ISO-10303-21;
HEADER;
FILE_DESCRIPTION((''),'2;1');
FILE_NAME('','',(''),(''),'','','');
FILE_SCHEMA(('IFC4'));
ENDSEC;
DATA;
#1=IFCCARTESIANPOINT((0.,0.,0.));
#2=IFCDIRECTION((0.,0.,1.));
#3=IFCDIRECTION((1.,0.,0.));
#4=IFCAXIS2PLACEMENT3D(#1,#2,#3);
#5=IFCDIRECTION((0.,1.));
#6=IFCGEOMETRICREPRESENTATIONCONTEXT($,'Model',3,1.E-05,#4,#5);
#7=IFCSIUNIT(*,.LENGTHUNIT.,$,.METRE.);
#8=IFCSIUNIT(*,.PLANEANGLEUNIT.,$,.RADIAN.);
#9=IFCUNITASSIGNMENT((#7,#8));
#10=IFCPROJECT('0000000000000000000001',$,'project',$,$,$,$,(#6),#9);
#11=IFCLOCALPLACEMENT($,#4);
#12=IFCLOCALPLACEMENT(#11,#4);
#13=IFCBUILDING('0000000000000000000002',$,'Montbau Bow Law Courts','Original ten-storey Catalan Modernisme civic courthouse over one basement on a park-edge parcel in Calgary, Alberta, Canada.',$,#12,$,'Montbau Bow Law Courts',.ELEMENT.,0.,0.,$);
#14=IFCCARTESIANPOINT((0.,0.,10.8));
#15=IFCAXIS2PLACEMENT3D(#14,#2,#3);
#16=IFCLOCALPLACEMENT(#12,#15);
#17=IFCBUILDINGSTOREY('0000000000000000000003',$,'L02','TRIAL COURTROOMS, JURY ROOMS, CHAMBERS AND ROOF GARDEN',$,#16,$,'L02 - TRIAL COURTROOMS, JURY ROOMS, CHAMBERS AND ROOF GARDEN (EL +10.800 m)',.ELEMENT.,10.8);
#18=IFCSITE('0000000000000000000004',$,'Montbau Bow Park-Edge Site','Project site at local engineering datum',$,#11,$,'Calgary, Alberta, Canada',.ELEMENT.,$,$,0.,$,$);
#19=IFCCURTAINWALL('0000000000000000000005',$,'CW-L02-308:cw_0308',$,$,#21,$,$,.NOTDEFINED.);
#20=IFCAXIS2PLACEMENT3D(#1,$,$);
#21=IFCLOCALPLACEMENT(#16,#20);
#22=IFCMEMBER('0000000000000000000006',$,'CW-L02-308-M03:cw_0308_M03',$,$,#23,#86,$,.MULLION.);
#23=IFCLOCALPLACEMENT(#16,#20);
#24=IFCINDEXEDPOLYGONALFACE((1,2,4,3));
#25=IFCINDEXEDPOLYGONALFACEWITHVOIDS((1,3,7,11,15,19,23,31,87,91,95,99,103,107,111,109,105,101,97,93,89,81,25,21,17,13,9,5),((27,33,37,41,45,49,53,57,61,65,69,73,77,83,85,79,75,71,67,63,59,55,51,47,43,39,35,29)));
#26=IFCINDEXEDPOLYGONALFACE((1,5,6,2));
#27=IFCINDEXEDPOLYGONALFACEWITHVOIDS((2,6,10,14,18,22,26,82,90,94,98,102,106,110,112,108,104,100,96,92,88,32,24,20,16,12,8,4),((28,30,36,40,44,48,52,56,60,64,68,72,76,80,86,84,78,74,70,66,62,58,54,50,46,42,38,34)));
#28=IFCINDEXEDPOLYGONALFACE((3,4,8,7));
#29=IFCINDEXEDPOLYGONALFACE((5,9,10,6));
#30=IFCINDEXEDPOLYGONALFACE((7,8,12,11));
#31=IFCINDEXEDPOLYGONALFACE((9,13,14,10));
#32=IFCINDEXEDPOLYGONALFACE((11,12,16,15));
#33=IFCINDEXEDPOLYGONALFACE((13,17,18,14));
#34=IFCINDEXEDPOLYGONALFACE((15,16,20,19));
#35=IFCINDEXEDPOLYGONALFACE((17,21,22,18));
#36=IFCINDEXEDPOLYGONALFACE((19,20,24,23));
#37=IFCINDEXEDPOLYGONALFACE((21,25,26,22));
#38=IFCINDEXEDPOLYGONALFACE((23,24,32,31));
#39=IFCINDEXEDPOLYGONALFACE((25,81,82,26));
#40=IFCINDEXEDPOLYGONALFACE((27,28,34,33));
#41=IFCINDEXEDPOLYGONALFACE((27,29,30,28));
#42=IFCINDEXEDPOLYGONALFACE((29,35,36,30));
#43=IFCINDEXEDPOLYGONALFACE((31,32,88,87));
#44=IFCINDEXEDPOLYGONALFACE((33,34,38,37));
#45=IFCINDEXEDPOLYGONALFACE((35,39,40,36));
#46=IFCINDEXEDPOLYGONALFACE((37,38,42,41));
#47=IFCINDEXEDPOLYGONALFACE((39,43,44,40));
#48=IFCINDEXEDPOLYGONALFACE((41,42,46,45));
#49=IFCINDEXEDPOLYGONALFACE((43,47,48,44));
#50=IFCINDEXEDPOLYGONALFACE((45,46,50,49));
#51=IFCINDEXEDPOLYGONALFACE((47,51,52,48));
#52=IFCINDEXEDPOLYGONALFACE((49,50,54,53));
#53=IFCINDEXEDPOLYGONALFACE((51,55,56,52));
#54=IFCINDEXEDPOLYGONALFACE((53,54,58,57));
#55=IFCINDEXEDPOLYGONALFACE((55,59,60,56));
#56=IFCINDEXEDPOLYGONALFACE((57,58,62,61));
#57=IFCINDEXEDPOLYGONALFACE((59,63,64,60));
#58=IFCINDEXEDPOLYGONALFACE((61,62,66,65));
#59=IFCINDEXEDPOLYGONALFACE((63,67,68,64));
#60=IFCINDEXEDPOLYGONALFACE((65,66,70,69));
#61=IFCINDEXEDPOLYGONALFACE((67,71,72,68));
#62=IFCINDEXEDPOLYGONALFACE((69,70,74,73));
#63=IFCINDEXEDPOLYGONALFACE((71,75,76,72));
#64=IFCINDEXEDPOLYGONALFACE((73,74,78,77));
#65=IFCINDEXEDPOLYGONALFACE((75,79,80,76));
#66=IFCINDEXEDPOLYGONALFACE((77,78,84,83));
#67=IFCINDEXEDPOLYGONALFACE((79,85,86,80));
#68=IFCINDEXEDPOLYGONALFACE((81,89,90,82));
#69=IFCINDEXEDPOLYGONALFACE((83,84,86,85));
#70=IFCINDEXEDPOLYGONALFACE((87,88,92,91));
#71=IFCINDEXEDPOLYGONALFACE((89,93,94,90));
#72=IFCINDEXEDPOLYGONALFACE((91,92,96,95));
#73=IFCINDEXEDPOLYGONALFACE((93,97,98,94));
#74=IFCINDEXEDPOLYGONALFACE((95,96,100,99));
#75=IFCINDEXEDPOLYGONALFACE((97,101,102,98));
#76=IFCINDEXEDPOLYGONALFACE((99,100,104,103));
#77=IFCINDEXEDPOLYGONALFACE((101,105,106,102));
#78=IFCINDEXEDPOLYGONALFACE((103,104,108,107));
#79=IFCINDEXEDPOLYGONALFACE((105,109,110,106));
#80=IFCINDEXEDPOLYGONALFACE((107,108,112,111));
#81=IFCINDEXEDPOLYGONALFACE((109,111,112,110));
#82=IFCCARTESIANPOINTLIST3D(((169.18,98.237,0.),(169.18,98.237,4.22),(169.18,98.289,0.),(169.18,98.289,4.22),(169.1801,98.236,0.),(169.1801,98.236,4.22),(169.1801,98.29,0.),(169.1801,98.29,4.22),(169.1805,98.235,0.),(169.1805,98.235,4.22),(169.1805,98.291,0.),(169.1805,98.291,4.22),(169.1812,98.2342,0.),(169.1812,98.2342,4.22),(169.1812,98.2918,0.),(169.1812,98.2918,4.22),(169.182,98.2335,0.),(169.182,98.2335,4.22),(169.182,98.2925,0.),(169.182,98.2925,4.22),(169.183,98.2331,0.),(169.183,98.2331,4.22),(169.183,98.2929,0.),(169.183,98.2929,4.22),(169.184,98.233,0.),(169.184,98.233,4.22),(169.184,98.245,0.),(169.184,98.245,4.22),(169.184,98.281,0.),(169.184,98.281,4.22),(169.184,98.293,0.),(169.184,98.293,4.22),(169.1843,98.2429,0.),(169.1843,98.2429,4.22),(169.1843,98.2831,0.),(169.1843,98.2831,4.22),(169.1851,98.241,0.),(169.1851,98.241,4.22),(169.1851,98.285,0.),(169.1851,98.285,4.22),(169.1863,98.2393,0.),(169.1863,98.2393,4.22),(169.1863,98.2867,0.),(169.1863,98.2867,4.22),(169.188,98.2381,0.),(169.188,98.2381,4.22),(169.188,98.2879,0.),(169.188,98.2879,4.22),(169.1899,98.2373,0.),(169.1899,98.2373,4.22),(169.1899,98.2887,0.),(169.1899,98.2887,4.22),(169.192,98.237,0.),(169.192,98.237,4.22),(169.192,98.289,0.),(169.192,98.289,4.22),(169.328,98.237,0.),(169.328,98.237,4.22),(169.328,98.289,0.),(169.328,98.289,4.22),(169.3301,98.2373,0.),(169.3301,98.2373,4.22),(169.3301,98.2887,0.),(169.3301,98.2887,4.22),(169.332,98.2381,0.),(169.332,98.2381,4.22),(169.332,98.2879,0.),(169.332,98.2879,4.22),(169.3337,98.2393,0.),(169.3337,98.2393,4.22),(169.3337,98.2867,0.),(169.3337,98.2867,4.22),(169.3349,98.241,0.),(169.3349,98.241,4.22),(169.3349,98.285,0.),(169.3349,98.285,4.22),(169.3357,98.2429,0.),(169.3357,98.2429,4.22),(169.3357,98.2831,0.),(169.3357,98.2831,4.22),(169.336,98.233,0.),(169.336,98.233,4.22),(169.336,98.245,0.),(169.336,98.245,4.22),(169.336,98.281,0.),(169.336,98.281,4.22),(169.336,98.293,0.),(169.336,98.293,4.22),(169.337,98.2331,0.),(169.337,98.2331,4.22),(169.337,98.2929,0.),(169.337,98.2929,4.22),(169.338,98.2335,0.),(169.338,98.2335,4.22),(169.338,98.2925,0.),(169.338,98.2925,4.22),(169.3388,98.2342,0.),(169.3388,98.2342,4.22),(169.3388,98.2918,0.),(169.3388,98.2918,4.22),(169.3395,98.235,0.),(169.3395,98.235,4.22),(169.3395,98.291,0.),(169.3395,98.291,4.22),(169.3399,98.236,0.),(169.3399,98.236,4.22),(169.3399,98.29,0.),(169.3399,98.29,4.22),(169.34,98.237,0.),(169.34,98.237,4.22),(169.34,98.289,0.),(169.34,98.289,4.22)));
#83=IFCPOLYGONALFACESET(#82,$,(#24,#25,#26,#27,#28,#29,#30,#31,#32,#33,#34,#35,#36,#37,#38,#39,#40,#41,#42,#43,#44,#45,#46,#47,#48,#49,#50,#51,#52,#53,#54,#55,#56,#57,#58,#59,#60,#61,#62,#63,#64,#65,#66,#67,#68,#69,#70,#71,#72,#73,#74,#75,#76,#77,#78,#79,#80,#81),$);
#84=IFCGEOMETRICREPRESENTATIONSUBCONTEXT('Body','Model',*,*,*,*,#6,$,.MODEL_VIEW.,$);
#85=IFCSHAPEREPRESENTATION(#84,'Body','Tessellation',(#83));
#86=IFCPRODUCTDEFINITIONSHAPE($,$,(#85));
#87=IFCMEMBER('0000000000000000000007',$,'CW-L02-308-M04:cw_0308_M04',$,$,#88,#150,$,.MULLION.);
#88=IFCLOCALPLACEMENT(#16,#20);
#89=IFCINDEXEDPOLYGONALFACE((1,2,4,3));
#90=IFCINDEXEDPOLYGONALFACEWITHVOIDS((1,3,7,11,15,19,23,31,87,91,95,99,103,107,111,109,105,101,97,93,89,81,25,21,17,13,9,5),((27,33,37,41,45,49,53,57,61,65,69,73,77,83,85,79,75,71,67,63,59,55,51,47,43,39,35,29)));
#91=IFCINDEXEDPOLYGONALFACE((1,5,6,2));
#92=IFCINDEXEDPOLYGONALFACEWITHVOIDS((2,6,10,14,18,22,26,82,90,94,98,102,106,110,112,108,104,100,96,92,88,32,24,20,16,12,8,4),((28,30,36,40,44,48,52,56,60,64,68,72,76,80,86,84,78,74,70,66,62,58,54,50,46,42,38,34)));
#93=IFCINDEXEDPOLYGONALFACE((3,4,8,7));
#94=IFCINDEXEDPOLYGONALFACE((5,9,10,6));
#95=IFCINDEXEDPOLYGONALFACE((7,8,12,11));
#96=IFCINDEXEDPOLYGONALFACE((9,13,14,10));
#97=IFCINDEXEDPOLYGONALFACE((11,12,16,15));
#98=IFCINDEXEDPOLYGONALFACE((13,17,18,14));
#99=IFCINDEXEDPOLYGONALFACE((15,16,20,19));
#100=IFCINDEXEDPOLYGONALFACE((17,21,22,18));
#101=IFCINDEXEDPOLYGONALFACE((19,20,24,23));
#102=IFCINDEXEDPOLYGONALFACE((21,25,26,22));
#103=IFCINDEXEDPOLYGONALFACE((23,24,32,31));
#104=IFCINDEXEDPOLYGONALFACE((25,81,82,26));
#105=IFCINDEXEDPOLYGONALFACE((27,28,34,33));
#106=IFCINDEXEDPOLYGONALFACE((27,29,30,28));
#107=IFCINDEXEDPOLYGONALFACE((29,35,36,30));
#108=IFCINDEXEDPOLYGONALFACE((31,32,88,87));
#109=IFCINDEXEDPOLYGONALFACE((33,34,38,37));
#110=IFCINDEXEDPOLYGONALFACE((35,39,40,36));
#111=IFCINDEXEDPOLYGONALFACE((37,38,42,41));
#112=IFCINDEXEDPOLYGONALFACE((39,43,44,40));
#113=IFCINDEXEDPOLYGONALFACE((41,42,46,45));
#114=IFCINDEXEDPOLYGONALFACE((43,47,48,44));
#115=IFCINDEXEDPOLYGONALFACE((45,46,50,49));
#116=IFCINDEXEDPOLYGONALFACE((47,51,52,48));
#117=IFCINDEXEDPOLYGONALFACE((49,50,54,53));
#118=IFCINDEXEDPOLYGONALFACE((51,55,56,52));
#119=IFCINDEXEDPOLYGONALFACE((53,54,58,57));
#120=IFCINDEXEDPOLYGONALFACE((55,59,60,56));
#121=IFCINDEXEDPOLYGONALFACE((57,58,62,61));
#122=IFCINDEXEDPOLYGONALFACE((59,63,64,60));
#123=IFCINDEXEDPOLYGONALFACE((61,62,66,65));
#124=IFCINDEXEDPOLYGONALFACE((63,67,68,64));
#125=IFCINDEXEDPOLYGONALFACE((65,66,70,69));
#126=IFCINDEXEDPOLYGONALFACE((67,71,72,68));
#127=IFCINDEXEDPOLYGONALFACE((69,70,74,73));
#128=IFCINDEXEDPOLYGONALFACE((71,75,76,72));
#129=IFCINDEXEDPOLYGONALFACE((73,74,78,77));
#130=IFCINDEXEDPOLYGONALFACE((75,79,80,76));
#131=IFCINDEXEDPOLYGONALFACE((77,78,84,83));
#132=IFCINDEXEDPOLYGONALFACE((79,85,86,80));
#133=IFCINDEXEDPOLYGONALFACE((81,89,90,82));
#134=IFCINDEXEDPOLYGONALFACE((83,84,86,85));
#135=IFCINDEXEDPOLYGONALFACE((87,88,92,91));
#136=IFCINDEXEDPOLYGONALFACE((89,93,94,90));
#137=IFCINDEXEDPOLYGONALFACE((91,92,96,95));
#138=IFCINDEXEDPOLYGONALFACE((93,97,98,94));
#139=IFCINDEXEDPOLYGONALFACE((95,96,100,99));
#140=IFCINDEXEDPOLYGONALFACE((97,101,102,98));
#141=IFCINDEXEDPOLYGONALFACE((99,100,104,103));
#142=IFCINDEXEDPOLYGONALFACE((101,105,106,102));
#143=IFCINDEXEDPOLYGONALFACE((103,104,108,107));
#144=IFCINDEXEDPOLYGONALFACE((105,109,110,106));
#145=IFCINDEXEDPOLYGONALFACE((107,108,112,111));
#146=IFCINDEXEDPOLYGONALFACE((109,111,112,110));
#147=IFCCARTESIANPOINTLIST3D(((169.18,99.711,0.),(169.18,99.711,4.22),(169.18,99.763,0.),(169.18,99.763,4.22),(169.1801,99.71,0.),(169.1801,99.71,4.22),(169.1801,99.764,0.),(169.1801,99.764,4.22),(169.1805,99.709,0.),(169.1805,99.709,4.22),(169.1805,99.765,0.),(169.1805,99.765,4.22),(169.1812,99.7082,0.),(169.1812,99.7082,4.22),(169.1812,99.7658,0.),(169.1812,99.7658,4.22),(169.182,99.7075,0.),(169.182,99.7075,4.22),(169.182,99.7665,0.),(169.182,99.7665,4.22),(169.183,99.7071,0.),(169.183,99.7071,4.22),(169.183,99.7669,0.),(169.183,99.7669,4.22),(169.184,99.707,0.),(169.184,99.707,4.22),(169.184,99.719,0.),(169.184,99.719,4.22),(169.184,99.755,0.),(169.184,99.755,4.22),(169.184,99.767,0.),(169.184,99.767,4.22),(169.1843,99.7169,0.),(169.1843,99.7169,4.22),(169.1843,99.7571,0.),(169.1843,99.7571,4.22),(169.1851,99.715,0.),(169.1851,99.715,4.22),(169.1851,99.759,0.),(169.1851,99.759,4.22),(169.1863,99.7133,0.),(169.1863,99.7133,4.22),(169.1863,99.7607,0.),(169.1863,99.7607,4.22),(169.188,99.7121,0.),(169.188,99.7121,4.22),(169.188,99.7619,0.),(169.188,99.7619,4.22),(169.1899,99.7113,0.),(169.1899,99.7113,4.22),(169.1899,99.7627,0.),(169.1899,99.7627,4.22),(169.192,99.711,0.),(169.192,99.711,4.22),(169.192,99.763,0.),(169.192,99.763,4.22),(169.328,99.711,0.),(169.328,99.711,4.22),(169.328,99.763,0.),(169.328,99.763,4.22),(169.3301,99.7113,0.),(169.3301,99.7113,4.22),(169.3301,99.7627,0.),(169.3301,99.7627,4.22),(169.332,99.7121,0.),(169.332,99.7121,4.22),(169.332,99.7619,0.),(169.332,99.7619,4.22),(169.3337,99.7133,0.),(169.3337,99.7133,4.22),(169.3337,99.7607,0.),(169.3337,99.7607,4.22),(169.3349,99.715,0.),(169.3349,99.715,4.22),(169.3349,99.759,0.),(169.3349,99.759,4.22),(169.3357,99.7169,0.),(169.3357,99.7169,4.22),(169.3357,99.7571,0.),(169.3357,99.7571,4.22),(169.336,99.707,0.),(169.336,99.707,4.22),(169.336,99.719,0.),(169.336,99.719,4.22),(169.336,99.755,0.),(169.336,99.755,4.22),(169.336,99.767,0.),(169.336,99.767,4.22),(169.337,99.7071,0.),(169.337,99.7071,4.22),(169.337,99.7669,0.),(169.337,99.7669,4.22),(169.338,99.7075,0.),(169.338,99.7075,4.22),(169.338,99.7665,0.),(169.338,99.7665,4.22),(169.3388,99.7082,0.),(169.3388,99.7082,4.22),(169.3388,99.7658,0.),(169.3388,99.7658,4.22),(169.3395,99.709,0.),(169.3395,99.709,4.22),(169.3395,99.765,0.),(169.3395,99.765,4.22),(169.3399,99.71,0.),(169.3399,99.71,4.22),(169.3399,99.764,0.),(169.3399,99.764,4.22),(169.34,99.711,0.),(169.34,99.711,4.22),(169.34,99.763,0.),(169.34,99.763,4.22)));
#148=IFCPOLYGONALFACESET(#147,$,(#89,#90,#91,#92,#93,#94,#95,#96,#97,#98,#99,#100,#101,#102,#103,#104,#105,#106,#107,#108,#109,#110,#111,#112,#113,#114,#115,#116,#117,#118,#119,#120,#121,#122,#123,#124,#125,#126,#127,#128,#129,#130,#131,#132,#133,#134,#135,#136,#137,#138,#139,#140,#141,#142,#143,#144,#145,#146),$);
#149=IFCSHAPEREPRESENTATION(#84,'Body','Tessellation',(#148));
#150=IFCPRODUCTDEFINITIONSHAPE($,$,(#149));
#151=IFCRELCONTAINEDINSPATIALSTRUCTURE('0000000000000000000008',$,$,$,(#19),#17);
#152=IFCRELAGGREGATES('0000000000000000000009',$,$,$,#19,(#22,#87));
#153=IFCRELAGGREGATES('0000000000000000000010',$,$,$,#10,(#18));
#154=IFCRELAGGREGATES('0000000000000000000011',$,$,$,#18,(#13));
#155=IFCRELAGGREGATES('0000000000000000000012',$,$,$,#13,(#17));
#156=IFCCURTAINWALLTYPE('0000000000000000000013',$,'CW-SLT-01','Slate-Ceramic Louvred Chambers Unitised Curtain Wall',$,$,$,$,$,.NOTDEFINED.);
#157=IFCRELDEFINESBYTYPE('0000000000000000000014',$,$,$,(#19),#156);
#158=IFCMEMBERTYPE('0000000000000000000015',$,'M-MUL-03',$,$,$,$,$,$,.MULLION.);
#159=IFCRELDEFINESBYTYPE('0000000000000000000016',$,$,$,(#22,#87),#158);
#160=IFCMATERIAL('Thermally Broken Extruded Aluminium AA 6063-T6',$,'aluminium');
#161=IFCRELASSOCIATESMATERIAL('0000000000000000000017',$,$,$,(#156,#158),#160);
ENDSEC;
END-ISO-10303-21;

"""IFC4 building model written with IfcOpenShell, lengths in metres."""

from ifc_helpers import new_model, si_unit, direction, frame, origin_with_axes, origin_2d_with_axis, place, context, subcontext, project, spatial, hollow_rectangle, extrude, material, material_profile, profile_set, type_object, element, aggregate, save


model = new_model("IFC4")

# Units and contexts
model_context = context("Model", 3, precision=1e-05, world=origin_with_axes(), true_north=direction((0.0, 1.0)))
body_context = subcontext(model_context, "Body", "Model", "MODEL_VIEW")
ifc_project = project(units=[si_unit("LENGTHUNIT", "METRE"), si_unit("PLANEANGLEUNIT", "RADIAN")], contexts=[model_context])

# Site, building, storey
site_placement = place(None, origin_with_axes())
site = spatial("IfcSite", under=ifc_project, at=site_placement, Name="Montbau Bow Park-Edge Site", Description="Project site at local engineering datum", LongName="Calgary, Alberta, Canada", CompositionType="ELEMENT", RefElevation=0.0)
building_placement = place(site_placement, origin_with_axes())
building = spatial("IfcBuilding", under=site, at=building_placement, Name="Montbau Bow Law Courts", Description="Original ten-storey Catalan Modernisme civic courthouse over one basement on a park-edge parcel in Calgary, Alberta, Canada.", LongName="Montbau Bow Law Courts", CompositionType="ELEMENT", ElevationOfRefHeight=0.0, ElevationOfTerrain=0.0)
storey_placement = place(building_placement, frame((0.0, 0.0, 10.8), z_axis=(0.0, 0.0, 1.0), x_axis=(1.0, 0.0, 0.0)))
storey = spatial("IfcBuildingStorey", under=building, at=storey_placement, Name="L02", Description="TRIAL COURTROOMS, JURY ROOMS, CHAMBERS AND ROOF GARDEN", LongName="L02 - TRIAL COURTROOMS, JURY ROOMS, CHAMBERS AND ROOF GARDEN (EL +10.800 m)", CompositionType="ELEMENT", Elevation=10.8)

# Curtain wall, members
ifc_material_1 = material(Name="Thermally Broken Extruded Aluminium AA 6063-T6", Category="aluminium")
curtain_wall_type = type_object("IfcCurtainWallType", Name="CW-SLT-01", Description="Slate-Ceramic Louvred Chambers Unitised Curtain Wall", PredefinedType="NOTDEFINED", material=ifc_material_1)
curtain_wall_placement = place(None, frame((169.26, 95.315, 10.8), z_axis=(0.0, 0.0, 1.0), x_axis=(1.0, 0.0, 0.0)))
curtain_wall = element("IfcCurtainWall", 1, at=curtain_wall_placement, inside=storey, type_object=curtain_wall_type, Name="CW-L02-308:cw_0308", PredefinedType="NOTDEFINED")
ifc_material_profile_1 = material_profile(ifc_material_1, hollow_rectangle(XDim=0.06, YDim=0.16, WallThickness=0.004, InnerFilletRadius=0.008, OuterFilletRadius=0.004, at=origin_2d_with_axis()), Name="CWM-160X60", Category="Main", Priority=0)
ifc_profile_set_1 = profile_set([ifc_material_profile_1], Name="Thermally Broken Extruded Aluminium AA 6063-T6")
member_type_1 = type_object("IfcMemberType", Name="M-MUL-03", PredefinedType="MULLION", material=ifc_profile_set_1)
member_1_placement = place(None, frame((169.26, 98.263, 10.8), z_axis=(0.0, 0.0, 1.0), x_axis=(0.0, 1.0, 0.0)))
member_1 = element("IfcMember", 2, at=member_1_placement, type_object=member_type_1, Name="CW-L02-308-M03:cw_0308_M03", PredefinedType="MULLION", context=body_context, shape_type="SweptSolid", body=[
    extrude(hollow_rectangle(XDim=0.06, YDim=0.16, WallThickness=0.004, InnerFilletRadius=0.008, OuterFilletRadius=0.004, at=origin_2d_with_axis()), origin_with_axes(), (0.0, 0.0, 1.0), 4.22),
])
member_2_placement = place(None, frame((169.26, 99.737, 10.8), z_axis=(0.0, 0.0, 1.0), x_axis=(0.0, 1.0, 0.0)))
member_2 = element("IfcMember", 3, at=member_2_placement, type_object=member_type_1, Name="CW-L02-308-M04:cw_0308_M04", PredefinedType="MULLION", context=body_context, shape_type="SweptSolid", body=[
    extrude(hollow_rectangle(XDim=0.06, YDim=0.16, WallThickness=0.004, InnerFilletRadius=0.008, OuterFilletRadius=0.004, at=origin_2d_with_axis()), origin_with_axes(), (0.0, 0.0, 1.0), 4.22),
])
aggregate(curtain_wall, [member_1, member_2])

save(model, "model.ifc")
